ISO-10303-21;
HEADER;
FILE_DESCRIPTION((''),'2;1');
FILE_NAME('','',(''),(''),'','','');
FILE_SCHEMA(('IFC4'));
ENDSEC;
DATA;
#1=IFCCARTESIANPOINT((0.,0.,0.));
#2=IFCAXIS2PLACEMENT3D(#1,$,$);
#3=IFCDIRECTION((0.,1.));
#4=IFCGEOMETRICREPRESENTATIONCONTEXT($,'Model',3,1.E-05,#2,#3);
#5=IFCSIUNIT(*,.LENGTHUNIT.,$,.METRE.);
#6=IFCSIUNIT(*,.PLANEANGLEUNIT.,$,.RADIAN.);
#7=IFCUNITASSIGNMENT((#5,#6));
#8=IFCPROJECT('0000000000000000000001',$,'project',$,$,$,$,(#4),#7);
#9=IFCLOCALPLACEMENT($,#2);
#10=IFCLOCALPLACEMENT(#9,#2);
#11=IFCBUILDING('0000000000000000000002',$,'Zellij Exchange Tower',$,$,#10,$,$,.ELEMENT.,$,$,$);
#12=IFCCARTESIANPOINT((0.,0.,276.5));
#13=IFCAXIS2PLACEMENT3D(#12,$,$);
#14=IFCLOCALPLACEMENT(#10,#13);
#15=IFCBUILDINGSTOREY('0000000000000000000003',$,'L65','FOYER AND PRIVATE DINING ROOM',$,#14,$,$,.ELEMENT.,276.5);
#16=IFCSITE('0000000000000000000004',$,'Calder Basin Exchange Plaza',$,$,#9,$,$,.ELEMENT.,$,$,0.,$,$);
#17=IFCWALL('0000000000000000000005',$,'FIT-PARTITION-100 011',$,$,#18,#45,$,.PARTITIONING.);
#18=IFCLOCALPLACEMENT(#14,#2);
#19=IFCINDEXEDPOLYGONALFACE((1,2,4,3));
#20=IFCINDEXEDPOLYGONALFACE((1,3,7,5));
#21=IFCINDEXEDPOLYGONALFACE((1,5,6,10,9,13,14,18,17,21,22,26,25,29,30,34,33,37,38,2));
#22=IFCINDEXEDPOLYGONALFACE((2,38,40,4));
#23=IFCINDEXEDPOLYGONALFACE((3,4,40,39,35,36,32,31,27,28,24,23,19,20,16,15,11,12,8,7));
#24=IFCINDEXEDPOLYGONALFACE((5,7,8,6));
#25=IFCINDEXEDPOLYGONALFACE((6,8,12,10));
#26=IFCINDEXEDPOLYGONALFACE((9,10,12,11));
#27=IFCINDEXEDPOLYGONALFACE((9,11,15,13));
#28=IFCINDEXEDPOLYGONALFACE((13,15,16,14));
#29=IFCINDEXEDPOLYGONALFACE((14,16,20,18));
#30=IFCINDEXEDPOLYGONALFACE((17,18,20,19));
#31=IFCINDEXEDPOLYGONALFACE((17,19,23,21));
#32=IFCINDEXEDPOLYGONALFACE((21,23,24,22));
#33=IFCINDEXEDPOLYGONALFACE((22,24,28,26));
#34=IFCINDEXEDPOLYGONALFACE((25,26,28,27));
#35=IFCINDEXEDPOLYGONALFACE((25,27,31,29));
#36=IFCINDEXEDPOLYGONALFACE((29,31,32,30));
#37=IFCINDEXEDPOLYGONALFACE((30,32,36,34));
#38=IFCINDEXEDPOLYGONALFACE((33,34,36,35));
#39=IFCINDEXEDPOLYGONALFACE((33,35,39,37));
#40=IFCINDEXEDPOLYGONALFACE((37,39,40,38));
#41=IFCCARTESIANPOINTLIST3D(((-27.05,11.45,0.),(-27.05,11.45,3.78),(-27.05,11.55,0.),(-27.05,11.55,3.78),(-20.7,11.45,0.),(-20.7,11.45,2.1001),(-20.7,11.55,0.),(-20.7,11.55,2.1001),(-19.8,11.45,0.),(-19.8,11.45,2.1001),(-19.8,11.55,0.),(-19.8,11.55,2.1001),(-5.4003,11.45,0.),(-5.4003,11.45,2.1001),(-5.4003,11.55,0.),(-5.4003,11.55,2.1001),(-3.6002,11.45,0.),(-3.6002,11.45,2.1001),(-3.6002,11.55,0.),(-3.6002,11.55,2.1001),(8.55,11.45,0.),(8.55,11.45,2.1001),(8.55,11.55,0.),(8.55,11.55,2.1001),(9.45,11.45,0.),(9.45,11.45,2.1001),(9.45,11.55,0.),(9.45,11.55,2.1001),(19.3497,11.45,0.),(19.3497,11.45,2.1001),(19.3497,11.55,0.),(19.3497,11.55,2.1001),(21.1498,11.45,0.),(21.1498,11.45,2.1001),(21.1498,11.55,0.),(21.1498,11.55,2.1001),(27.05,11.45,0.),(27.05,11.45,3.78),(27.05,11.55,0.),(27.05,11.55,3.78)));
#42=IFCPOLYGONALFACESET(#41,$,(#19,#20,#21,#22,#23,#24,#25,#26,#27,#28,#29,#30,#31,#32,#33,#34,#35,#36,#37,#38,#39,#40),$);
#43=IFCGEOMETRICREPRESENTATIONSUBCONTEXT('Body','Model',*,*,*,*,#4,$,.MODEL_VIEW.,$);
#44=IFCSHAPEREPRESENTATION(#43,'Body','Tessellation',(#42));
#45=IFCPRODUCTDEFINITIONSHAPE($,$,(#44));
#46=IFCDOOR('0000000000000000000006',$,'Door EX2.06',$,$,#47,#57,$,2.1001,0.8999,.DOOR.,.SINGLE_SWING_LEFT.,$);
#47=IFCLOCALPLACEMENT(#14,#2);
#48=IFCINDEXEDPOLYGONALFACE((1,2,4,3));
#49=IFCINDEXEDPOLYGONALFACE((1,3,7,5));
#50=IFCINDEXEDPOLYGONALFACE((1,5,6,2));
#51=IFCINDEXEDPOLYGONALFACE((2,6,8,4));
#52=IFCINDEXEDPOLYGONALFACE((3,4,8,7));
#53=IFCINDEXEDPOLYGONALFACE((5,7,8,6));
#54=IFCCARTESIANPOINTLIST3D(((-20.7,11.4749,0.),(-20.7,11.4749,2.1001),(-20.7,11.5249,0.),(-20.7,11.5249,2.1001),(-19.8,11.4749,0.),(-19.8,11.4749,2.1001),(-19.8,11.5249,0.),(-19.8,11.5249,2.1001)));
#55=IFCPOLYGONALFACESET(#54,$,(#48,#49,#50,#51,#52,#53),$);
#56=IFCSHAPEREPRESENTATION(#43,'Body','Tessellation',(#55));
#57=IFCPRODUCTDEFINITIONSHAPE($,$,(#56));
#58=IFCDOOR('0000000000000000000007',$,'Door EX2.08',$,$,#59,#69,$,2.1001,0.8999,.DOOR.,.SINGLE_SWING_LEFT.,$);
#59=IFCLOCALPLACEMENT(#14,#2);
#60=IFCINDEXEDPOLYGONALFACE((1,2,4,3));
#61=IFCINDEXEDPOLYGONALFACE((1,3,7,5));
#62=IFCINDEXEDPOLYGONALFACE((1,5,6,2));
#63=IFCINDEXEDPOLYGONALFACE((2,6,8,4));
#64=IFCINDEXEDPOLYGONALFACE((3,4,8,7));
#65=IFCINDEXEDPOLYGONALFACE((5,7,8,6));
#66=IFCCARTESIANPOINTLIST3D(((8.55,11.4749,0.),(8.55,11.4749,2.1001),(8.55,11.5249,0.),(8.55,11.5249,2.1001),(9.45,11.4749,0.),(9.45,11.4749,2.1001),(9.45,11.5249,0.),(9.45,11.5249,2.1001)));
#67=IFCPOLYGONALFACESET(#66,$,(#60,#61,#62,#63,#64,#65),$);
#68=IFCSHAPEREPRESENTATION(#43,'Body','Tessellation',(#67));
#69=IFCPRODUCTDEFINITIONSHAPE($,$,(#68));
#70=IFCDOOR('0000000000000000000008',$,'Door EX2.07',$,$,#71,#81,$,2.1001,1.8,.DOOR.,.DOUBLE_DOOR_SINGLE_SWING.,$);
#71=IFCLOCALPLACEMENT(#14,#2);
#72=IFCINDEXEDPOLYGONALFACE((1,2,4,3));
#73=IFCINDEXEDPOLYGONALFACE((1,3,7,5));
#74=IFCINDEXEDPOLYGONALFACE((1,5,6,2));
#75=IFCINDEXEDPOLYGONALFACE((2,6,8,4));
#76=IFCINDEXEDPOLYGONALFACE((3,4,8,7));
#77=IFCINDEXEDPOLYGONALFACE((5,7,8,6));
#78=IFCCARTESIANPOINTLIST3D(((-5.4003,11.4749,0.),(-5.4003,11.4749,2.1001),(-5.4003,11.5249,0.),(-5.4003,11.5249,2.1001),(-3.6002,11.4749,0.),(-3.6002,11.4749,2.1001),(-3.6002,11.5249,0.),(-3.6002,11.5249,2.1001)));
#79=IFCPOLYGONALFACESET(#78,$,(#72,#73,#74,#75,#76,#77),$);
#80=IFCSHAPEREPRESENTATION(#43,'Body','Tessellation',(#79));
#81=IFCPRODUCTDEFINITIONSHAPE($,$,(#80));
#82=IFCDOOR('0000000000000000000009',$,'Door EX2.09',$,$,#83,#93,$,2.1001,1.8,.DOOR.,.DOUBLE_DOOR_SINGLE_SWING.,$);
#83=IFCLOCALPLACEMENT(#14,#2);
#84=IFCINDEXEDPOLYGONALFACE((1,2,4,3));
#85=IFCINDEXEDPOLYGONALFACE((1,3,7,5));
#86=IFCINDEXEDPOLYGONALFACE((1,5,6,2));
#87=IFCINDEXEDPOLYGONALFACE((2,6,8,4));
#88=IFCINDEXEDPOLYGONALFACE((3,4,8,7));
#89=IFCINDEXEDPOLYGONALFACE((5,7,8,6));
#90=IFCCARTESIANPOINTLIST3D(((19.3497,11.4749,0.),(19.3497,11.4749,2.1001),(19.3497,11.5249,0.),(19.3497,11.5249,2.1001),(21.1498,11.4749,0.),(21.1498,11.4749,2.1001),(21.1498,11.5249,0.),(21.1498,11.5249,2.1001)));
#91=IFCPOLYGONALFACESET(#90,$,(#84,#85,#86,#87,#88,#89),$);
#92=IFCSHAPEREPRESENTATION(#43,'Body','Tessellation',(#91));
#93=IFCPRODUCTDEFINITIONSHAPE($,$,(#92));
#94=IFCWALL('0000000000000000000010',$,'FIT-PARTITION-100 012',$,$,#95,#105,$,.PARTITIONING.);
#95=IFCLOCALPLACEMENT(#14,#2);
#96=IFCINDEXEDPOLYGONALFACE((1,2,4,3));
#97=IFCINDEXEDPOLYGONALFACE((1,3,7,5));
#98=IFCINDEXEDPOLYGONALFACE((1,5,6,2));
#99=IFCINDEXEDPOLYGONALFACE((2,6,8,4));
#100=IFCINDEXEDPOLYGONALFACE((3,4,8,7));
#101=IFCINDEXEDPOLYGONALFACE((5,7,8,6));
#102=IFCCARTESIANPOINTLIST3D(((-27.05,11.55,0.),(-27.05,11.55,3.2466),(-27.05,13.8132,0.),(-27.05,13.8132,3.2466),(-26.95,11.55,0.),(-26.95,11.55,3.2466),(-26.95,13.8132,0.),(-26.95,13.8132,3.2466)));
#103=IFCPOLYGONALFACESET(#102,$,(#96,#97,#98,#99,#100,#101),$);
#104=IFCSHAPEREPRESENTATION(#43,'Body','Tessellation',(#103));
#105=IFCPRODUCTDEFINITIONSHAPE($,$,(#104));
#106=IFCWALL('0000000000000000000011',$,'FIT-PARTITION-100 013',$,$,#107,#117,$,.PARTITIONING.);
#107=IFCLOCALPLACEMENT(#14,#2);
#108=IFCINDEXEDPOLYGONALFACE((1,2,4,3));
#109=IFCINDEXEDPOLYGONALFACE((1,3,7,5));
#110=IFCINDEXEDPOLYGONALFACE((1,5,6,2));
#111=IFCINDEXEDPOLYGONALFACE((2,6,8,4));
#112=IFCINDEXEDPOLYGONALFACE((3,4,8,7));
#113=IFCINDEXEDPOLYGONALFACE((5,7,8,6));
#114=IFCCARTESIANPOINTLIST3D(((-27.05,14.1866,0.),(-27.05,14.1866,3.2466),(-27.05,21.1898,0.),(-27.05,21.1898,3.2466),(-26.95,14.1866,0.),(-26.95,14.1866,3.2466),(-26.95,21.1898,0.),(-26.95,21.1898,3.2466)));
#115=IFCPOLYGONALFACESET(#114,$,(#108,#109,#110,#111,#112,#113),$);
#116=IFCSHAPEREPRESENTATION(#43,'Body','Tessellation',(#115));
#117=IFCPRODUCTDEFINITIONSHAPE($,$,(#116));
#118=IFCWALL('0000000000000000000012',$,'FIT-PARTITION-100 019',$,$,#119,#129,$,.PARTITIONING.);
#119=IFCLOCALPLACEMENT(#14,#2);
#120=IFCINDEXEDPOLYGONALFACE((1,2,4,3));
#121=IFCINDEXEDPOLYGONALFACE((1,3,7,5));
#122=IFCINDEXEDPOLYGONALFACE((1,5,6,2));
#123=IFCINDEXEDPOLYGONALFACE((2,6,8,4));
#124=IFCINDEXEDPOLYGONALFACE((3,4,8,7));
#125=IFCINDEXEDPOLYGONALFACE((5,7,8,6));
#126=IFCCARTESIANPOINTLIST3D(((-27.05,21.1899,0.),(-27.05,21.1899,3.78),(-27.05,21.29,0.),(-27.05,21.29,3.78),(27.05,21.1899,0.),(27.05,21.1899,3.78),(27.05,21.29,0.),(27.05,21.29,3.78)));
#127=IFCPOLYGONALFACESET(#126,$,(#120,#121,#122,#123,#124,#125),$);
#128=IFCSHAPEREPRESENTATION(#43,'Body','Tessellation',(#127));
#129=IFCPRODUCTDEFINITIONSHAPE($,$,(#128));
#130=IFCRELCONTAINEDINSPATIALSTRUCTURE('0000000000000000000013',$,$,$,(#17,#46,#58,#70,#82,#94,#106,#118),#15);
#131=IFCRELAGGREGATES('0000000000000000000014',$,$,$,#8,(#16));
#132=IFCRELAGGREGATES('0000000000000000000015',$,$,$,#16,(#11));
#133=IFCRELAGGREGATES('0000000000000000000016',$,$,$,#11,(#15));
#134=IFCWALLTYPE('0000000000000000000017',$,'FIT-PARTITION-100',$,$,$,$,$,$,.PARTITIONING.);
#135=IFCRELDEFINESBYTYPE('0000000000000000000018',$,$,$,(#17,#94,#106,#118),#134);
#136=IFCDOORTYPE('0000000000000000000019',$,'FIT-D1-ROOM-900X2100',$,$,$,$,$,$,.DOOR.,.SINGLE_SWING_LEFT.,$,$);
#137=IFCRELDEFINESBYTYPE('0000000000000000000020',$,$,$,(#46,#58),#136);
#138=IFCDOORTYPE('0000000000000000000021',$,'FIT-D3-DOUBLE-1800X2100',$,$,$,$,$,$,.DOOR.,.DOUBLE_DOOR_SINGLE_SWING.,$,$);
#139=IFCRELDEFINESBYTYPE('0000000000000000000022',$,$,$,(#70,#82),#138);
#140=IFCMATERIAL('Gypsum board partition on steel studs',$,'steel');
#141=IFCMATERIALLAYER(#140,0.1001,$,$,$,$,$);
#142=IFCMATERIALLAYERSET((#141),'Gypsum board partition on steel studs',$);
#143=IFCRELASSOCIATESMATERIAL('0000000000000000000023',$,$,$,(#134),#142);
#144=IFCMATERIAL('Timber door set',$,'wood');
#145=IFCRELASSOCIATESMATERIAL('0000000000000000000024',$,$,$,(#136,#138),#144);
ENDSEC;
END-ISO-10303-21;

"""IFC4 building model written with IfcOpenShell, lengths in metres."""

from ifc_helpers import new_model, si_unit, direction, frame, frame_2d, origin, place, context, subcontext, project, spatial, rectangle, extrude, material, layer, layer_set, type_object, element, fill, save


model = new_model("IFC4")

# Units and contexts
model_context = context("Model", 3, precision=1e-05, world=origin(), true_north=direction((0.0, 1.0)))
body_context = subcontext(model_context, "Body", "Model", "MODEL_VIEW")
ifc_project = project(units=[si_unit("LENGTHUNIT", "METRE"), si_unit("PLANEANGLEUNIT", "RADIAN")], contexts=[model_context])

# Site, building, storey
site_placement = place(None, origin())
site = spatial("IfcSite", under=ifc_project, at=site_placement, Name="Calder Basin Exchange Plaza", CompositionType="ELEMENT", RefElevation=0.0)
building_placement = place(site_placement, origin())
building = spatial("IfcBuilding", under=site, at=building_placement, Name="Zellij Exchange Tower", CompositionType="ELEMENT")
storey_placement = place(building_placement, frame((0.0, 0.0, 276.5)))
storey = spatial("IfcBuildingStorey", under=building, at=storey_placement, Name="L65", Description="FOYER AND PRIVATE DINING ROOM", CompositionType="ELEMENT", Elevation=276.5)

# Shared definitions
ifc_material_1 = material(Name="Gypsum board partition on steel studs", Category="steel")
ifc_layer = layer(ifc_material_1, 0.1001)
ifc_layer_set = layer_set([ifc_layer], Name="Gypsum board partition on steel studs")
wall_type = type_object("IfcWallType", Name="FIT-PARTITION-100", PredefinedType="PARTITIONING", material=ifc_layer_set)
ifc_material_2 = material(Name="Timber door set", Category="wood")

# Wall, openings, doors
wall_1_placement = place(storey_placement, frame((-27.05, 11.5, 0.0), z_axis=(0.0, 0.0, 1.0), x_axis=(1.0, 0.0, 0.0)))
wall_1 = element("IfcWall", 1, at=wall_1_placement, inside=storey, type_object=wall_type, Name="FIT-PARTITION-100 011", PredefinedType="PARTITIONING", context=body_context, shape_type="SweptSolid", body=[
    extrude(rectangle(XDim=54.1001, YDim=0.1001, at=frame_2d((27.05, 0.0))), origin(), (0.0, 0.0, 1.0), 3.78),
])
opening_1_placement = place(wall_1_placement, frame((6.3501, 0.0, 0.0)))
opening_1 = element("IfcOpeningElement", 2, at=opening_1_placement, cuts=wall_1, PredefinedType="OPENING", context=body_context, shape_type="SweptSolid", body=[
    extrude(rectangle(XDim=0.8999, YDim=2.1001, at=frame_2d((0.45, 1.05))), frame((0.0, 0.062, 0.0), z_axis=(0.0, -1.0, 0.0), x_axis=(1.0, 0.0, 0.0)), (0.0, 0.0, 1.0), 0.124),
])
opening_2_placement = place(wall_1_placement, frame((21.6499, 0.0, 0.0)))
opening_2 = element("IfcOpeningElement", 3, at=opening_2_placement, cuts=wall_1, PredefinedType="OPENING", context=body_context, shape_type="SweptSolid", body=[
    extrude(rectangle(XDim=1.8, YDim=2.1001, at=frame_2d((0.8999, 1.05))), frame((0.0, 0.062, 0.0), z_axis=(0.0, -1.0, 0.0), x_axis=(1.0, 0.0, 0.0)), (0.0, 0.0, 1.0), 0.124),
])
opening_3_placement = place(wall_1_placement, frame((35.6001, 0.0, 0.0)))
opening_3 = element("IfcOpeningElement", 4, at=opening_3_placement, cuts=wall_1, PredefinedType="OPENING", context=body_context, shape_type="SweptSolid", body=[
    extrude(rectangle(XDim=0.8999, YDim=2.1001, at=frame_2d((0.45, 1.05))), frame((0.0, 0.062, 0.0), z_axis=(0.0, -1.0, 0.0), x_axis=(1.0, 0.0, 0.0)), (0.0, 0.0, 1.0), 0.124),
])
opening_4_placement = place(wall_1_placement, frame((46.3999, 0.0, 0.0)))
opening_4 = element("IfcOpeningElement", 5, at=opening_4_placement, cuts=wall_1, PredefinedType="OPENING", context=body_context, shape_type="SweptSolid", body=[
    extrude(rectangle(XDim=1.8, YDim=2.1001, at=frame_2d((0.8999, 1.05))), frame((0.0, 0.062, 0.0), z_axis=(0.0, -1.0, 0.0), x_axis=(1.0, 0.0, 0.0)), (0.0, 0.0, 1.0), 0.124),
])
door_type_1 = type_object("IfcDoorType", Name="FIT-D1-ROOM-900X2100", OperationType="SINGLE_SWING_LEFT", PredefinedType="DOOR", material=ifc_material_2)
door_1_placement = place(opening_1_placement, origin())
door_1 = element("IfcDoor", 6, at=door_1_placement, inside=storey, type_object=door_type_1, Name="Door EX2.06", OperationType="SINGLE_SWING_LEFT", OverallHeight=2.1001, OverallWidth=0.8999, PredefinedType="DOOR", context=body_context, shape_type="SweptSolid", body=[
    extrude(rectangle(XDim=0.8999, YDim=2.1001, at=frame_2d((0.45, 1.05))), frame((0.0, 0.0249, 0.0), z_axis=(0.0, -1.0, 0.0), x_axis=(1.0, 0.0, 0.0)), (0.0, 0.0, 1.0), 0.05),
])
fill(opening_1, door_1)
door_2_placement = place(opening_3_placement, origin())
door_2 = element("IfcDoor", 7, at=door_2_placement, inside=storey, type_object=door_type_1, Name="Door EX2.08", OperationType="SINGLE_SWING_LEFT", OverallHeight=2.1001, OverallWidth=0.8999, PredefinedType="DOOR", context=body_context, shape_type="SweptSolid", body=[
    extrude(rectangle(XDim=0.8999, YDim=2.1001, at=frame_2d((0.45, 1.05))), frame((0.0, 0.0249, 0.0), z_axis=(0.0, -1.0, 0.0), x_axis=(1.0, 0.0, 0.0)), (0.0, 0.0, 1.0), 0.05),
])
fill(opening_3, door_2)
door_type_2 = type_object("IfcDoorType", Name="FIT-D3-DOUBLE-1800X2100", OperationType="DOUBLE_DOOR_SINGLE_SWING", PredefinedType="DOOR", material=ifc_material_2)
door_3_placement = place(opening_2_placement, origin())
door_3 = element("IfcDoor", 8, at=door_3_placement, inside=storey, type_object=door_type_2, Name="Door EX2.07", OperationType="DOUBLE_DOOR_SINGLE_SWING", OverallHeight=2.1001, OverallWidth=1.8, PredefinedType="DOOR", context=body_context, shape_type="SweptSolid", body=[
    extrude(rectangle(XDim=1.8, YDim=2.1001, at=frame_2d((0.8999, 1.05))), frame((0.0, 0.0249, 0.0), z_axis=(0.0, -1.0, 0.0), x_axis=(1.0, 0.0, 0.0)), (0.0, 0.0, 1.0), 0.05),
])
fill(opening_2, door_3)
door_4_placement = place(opening_4_placement, origin())
door_4 = element("IfcDoor", 9, at=door_4_placement, inside=storey, type_object=door_type_2, Name="Door EX2.09", OperationType="DOUBLE_DOOR_SINGLE_SWING", OverallHeight=2.1001, OverallWidth=1.8, PredefinedType="DOOR", context=body_context, shape_type="SweptSolid", body=[
    extrude(rectangle(XDim=1.8, YDim=2.1001, at=frame_2d((0.8999, 1.05))), frame((0.0, 0.0249, 0.0), z_axis=(0.0, -1.0, 0.0), x_axis=(1.0, 0.0, 0.0)), (0.0, 0.0, 1.0), 0.05),
])
fill(opening_4, door_4)

# Walls
wall_2_placement = place(storey_placement, frame((-27.0, 11.55, 0.0), z_axis=(0.0, 0.0, 1.0), x_axis=(0.0, 1.0, 0.0)))
element("IfcWall", 10, at=wall_2_placement, inside=storey, type_object=wall_type, Name="FIT-PARTITION-100 012", PredefinedType="PARTITIONING", context=body_context, shape_type="SweptSolid", body=[
    extrude(rectangle(XDim=2.2632, YDim=0.1001, at=frame_2d((1.1316, 0.0))), origin(), (0.0, 0.0, 1.0), 3.2466),
])
wall_3_placement = place(storey_placement, frame((-27.0, 14.1868, 0.0), z_axis=(0.0, 0.0, 1.0), x_axis=(0.0, 1.0, 0.0)))
element("IfcWall", 11, at=wall_3_placement, inside=storey, type_object=wall_type, Name="FIT-PARTITION-100 013", PredefinedType="PARTITIONING", context=body_context, shape_type="SweptSolid", body=[
    extrude(rectangle(XDim=7.0032, YDim=0.1001, at=frame_2d((3.5015, 0.0))), origin(), (0.0, 0.0, 1.0), 3.2466),
])
wall_4_placement = place(storey_placement, frame((-27.05, 21.24, 0.0), z_axis=(0.0, 0.0, 1.0), x_axis=(1.0, 0.0, 0.0)))
element("IfcWall", 12, at=wall_4_placement, inside=storey, type_object=wall_type, Name="FIT-PARTITION-100 019", PredefinedType="PARTITIONING", context=body_context, shape_type="SweptSolid", body=[
    extrude(rectangle(XDim=54.1001, YDim=0.1001, at=frame_2d((27.05, 0.0))), origin(), (0.0, 0.0, 1.0), 3.78),
])

save(model, "model.ifc")
